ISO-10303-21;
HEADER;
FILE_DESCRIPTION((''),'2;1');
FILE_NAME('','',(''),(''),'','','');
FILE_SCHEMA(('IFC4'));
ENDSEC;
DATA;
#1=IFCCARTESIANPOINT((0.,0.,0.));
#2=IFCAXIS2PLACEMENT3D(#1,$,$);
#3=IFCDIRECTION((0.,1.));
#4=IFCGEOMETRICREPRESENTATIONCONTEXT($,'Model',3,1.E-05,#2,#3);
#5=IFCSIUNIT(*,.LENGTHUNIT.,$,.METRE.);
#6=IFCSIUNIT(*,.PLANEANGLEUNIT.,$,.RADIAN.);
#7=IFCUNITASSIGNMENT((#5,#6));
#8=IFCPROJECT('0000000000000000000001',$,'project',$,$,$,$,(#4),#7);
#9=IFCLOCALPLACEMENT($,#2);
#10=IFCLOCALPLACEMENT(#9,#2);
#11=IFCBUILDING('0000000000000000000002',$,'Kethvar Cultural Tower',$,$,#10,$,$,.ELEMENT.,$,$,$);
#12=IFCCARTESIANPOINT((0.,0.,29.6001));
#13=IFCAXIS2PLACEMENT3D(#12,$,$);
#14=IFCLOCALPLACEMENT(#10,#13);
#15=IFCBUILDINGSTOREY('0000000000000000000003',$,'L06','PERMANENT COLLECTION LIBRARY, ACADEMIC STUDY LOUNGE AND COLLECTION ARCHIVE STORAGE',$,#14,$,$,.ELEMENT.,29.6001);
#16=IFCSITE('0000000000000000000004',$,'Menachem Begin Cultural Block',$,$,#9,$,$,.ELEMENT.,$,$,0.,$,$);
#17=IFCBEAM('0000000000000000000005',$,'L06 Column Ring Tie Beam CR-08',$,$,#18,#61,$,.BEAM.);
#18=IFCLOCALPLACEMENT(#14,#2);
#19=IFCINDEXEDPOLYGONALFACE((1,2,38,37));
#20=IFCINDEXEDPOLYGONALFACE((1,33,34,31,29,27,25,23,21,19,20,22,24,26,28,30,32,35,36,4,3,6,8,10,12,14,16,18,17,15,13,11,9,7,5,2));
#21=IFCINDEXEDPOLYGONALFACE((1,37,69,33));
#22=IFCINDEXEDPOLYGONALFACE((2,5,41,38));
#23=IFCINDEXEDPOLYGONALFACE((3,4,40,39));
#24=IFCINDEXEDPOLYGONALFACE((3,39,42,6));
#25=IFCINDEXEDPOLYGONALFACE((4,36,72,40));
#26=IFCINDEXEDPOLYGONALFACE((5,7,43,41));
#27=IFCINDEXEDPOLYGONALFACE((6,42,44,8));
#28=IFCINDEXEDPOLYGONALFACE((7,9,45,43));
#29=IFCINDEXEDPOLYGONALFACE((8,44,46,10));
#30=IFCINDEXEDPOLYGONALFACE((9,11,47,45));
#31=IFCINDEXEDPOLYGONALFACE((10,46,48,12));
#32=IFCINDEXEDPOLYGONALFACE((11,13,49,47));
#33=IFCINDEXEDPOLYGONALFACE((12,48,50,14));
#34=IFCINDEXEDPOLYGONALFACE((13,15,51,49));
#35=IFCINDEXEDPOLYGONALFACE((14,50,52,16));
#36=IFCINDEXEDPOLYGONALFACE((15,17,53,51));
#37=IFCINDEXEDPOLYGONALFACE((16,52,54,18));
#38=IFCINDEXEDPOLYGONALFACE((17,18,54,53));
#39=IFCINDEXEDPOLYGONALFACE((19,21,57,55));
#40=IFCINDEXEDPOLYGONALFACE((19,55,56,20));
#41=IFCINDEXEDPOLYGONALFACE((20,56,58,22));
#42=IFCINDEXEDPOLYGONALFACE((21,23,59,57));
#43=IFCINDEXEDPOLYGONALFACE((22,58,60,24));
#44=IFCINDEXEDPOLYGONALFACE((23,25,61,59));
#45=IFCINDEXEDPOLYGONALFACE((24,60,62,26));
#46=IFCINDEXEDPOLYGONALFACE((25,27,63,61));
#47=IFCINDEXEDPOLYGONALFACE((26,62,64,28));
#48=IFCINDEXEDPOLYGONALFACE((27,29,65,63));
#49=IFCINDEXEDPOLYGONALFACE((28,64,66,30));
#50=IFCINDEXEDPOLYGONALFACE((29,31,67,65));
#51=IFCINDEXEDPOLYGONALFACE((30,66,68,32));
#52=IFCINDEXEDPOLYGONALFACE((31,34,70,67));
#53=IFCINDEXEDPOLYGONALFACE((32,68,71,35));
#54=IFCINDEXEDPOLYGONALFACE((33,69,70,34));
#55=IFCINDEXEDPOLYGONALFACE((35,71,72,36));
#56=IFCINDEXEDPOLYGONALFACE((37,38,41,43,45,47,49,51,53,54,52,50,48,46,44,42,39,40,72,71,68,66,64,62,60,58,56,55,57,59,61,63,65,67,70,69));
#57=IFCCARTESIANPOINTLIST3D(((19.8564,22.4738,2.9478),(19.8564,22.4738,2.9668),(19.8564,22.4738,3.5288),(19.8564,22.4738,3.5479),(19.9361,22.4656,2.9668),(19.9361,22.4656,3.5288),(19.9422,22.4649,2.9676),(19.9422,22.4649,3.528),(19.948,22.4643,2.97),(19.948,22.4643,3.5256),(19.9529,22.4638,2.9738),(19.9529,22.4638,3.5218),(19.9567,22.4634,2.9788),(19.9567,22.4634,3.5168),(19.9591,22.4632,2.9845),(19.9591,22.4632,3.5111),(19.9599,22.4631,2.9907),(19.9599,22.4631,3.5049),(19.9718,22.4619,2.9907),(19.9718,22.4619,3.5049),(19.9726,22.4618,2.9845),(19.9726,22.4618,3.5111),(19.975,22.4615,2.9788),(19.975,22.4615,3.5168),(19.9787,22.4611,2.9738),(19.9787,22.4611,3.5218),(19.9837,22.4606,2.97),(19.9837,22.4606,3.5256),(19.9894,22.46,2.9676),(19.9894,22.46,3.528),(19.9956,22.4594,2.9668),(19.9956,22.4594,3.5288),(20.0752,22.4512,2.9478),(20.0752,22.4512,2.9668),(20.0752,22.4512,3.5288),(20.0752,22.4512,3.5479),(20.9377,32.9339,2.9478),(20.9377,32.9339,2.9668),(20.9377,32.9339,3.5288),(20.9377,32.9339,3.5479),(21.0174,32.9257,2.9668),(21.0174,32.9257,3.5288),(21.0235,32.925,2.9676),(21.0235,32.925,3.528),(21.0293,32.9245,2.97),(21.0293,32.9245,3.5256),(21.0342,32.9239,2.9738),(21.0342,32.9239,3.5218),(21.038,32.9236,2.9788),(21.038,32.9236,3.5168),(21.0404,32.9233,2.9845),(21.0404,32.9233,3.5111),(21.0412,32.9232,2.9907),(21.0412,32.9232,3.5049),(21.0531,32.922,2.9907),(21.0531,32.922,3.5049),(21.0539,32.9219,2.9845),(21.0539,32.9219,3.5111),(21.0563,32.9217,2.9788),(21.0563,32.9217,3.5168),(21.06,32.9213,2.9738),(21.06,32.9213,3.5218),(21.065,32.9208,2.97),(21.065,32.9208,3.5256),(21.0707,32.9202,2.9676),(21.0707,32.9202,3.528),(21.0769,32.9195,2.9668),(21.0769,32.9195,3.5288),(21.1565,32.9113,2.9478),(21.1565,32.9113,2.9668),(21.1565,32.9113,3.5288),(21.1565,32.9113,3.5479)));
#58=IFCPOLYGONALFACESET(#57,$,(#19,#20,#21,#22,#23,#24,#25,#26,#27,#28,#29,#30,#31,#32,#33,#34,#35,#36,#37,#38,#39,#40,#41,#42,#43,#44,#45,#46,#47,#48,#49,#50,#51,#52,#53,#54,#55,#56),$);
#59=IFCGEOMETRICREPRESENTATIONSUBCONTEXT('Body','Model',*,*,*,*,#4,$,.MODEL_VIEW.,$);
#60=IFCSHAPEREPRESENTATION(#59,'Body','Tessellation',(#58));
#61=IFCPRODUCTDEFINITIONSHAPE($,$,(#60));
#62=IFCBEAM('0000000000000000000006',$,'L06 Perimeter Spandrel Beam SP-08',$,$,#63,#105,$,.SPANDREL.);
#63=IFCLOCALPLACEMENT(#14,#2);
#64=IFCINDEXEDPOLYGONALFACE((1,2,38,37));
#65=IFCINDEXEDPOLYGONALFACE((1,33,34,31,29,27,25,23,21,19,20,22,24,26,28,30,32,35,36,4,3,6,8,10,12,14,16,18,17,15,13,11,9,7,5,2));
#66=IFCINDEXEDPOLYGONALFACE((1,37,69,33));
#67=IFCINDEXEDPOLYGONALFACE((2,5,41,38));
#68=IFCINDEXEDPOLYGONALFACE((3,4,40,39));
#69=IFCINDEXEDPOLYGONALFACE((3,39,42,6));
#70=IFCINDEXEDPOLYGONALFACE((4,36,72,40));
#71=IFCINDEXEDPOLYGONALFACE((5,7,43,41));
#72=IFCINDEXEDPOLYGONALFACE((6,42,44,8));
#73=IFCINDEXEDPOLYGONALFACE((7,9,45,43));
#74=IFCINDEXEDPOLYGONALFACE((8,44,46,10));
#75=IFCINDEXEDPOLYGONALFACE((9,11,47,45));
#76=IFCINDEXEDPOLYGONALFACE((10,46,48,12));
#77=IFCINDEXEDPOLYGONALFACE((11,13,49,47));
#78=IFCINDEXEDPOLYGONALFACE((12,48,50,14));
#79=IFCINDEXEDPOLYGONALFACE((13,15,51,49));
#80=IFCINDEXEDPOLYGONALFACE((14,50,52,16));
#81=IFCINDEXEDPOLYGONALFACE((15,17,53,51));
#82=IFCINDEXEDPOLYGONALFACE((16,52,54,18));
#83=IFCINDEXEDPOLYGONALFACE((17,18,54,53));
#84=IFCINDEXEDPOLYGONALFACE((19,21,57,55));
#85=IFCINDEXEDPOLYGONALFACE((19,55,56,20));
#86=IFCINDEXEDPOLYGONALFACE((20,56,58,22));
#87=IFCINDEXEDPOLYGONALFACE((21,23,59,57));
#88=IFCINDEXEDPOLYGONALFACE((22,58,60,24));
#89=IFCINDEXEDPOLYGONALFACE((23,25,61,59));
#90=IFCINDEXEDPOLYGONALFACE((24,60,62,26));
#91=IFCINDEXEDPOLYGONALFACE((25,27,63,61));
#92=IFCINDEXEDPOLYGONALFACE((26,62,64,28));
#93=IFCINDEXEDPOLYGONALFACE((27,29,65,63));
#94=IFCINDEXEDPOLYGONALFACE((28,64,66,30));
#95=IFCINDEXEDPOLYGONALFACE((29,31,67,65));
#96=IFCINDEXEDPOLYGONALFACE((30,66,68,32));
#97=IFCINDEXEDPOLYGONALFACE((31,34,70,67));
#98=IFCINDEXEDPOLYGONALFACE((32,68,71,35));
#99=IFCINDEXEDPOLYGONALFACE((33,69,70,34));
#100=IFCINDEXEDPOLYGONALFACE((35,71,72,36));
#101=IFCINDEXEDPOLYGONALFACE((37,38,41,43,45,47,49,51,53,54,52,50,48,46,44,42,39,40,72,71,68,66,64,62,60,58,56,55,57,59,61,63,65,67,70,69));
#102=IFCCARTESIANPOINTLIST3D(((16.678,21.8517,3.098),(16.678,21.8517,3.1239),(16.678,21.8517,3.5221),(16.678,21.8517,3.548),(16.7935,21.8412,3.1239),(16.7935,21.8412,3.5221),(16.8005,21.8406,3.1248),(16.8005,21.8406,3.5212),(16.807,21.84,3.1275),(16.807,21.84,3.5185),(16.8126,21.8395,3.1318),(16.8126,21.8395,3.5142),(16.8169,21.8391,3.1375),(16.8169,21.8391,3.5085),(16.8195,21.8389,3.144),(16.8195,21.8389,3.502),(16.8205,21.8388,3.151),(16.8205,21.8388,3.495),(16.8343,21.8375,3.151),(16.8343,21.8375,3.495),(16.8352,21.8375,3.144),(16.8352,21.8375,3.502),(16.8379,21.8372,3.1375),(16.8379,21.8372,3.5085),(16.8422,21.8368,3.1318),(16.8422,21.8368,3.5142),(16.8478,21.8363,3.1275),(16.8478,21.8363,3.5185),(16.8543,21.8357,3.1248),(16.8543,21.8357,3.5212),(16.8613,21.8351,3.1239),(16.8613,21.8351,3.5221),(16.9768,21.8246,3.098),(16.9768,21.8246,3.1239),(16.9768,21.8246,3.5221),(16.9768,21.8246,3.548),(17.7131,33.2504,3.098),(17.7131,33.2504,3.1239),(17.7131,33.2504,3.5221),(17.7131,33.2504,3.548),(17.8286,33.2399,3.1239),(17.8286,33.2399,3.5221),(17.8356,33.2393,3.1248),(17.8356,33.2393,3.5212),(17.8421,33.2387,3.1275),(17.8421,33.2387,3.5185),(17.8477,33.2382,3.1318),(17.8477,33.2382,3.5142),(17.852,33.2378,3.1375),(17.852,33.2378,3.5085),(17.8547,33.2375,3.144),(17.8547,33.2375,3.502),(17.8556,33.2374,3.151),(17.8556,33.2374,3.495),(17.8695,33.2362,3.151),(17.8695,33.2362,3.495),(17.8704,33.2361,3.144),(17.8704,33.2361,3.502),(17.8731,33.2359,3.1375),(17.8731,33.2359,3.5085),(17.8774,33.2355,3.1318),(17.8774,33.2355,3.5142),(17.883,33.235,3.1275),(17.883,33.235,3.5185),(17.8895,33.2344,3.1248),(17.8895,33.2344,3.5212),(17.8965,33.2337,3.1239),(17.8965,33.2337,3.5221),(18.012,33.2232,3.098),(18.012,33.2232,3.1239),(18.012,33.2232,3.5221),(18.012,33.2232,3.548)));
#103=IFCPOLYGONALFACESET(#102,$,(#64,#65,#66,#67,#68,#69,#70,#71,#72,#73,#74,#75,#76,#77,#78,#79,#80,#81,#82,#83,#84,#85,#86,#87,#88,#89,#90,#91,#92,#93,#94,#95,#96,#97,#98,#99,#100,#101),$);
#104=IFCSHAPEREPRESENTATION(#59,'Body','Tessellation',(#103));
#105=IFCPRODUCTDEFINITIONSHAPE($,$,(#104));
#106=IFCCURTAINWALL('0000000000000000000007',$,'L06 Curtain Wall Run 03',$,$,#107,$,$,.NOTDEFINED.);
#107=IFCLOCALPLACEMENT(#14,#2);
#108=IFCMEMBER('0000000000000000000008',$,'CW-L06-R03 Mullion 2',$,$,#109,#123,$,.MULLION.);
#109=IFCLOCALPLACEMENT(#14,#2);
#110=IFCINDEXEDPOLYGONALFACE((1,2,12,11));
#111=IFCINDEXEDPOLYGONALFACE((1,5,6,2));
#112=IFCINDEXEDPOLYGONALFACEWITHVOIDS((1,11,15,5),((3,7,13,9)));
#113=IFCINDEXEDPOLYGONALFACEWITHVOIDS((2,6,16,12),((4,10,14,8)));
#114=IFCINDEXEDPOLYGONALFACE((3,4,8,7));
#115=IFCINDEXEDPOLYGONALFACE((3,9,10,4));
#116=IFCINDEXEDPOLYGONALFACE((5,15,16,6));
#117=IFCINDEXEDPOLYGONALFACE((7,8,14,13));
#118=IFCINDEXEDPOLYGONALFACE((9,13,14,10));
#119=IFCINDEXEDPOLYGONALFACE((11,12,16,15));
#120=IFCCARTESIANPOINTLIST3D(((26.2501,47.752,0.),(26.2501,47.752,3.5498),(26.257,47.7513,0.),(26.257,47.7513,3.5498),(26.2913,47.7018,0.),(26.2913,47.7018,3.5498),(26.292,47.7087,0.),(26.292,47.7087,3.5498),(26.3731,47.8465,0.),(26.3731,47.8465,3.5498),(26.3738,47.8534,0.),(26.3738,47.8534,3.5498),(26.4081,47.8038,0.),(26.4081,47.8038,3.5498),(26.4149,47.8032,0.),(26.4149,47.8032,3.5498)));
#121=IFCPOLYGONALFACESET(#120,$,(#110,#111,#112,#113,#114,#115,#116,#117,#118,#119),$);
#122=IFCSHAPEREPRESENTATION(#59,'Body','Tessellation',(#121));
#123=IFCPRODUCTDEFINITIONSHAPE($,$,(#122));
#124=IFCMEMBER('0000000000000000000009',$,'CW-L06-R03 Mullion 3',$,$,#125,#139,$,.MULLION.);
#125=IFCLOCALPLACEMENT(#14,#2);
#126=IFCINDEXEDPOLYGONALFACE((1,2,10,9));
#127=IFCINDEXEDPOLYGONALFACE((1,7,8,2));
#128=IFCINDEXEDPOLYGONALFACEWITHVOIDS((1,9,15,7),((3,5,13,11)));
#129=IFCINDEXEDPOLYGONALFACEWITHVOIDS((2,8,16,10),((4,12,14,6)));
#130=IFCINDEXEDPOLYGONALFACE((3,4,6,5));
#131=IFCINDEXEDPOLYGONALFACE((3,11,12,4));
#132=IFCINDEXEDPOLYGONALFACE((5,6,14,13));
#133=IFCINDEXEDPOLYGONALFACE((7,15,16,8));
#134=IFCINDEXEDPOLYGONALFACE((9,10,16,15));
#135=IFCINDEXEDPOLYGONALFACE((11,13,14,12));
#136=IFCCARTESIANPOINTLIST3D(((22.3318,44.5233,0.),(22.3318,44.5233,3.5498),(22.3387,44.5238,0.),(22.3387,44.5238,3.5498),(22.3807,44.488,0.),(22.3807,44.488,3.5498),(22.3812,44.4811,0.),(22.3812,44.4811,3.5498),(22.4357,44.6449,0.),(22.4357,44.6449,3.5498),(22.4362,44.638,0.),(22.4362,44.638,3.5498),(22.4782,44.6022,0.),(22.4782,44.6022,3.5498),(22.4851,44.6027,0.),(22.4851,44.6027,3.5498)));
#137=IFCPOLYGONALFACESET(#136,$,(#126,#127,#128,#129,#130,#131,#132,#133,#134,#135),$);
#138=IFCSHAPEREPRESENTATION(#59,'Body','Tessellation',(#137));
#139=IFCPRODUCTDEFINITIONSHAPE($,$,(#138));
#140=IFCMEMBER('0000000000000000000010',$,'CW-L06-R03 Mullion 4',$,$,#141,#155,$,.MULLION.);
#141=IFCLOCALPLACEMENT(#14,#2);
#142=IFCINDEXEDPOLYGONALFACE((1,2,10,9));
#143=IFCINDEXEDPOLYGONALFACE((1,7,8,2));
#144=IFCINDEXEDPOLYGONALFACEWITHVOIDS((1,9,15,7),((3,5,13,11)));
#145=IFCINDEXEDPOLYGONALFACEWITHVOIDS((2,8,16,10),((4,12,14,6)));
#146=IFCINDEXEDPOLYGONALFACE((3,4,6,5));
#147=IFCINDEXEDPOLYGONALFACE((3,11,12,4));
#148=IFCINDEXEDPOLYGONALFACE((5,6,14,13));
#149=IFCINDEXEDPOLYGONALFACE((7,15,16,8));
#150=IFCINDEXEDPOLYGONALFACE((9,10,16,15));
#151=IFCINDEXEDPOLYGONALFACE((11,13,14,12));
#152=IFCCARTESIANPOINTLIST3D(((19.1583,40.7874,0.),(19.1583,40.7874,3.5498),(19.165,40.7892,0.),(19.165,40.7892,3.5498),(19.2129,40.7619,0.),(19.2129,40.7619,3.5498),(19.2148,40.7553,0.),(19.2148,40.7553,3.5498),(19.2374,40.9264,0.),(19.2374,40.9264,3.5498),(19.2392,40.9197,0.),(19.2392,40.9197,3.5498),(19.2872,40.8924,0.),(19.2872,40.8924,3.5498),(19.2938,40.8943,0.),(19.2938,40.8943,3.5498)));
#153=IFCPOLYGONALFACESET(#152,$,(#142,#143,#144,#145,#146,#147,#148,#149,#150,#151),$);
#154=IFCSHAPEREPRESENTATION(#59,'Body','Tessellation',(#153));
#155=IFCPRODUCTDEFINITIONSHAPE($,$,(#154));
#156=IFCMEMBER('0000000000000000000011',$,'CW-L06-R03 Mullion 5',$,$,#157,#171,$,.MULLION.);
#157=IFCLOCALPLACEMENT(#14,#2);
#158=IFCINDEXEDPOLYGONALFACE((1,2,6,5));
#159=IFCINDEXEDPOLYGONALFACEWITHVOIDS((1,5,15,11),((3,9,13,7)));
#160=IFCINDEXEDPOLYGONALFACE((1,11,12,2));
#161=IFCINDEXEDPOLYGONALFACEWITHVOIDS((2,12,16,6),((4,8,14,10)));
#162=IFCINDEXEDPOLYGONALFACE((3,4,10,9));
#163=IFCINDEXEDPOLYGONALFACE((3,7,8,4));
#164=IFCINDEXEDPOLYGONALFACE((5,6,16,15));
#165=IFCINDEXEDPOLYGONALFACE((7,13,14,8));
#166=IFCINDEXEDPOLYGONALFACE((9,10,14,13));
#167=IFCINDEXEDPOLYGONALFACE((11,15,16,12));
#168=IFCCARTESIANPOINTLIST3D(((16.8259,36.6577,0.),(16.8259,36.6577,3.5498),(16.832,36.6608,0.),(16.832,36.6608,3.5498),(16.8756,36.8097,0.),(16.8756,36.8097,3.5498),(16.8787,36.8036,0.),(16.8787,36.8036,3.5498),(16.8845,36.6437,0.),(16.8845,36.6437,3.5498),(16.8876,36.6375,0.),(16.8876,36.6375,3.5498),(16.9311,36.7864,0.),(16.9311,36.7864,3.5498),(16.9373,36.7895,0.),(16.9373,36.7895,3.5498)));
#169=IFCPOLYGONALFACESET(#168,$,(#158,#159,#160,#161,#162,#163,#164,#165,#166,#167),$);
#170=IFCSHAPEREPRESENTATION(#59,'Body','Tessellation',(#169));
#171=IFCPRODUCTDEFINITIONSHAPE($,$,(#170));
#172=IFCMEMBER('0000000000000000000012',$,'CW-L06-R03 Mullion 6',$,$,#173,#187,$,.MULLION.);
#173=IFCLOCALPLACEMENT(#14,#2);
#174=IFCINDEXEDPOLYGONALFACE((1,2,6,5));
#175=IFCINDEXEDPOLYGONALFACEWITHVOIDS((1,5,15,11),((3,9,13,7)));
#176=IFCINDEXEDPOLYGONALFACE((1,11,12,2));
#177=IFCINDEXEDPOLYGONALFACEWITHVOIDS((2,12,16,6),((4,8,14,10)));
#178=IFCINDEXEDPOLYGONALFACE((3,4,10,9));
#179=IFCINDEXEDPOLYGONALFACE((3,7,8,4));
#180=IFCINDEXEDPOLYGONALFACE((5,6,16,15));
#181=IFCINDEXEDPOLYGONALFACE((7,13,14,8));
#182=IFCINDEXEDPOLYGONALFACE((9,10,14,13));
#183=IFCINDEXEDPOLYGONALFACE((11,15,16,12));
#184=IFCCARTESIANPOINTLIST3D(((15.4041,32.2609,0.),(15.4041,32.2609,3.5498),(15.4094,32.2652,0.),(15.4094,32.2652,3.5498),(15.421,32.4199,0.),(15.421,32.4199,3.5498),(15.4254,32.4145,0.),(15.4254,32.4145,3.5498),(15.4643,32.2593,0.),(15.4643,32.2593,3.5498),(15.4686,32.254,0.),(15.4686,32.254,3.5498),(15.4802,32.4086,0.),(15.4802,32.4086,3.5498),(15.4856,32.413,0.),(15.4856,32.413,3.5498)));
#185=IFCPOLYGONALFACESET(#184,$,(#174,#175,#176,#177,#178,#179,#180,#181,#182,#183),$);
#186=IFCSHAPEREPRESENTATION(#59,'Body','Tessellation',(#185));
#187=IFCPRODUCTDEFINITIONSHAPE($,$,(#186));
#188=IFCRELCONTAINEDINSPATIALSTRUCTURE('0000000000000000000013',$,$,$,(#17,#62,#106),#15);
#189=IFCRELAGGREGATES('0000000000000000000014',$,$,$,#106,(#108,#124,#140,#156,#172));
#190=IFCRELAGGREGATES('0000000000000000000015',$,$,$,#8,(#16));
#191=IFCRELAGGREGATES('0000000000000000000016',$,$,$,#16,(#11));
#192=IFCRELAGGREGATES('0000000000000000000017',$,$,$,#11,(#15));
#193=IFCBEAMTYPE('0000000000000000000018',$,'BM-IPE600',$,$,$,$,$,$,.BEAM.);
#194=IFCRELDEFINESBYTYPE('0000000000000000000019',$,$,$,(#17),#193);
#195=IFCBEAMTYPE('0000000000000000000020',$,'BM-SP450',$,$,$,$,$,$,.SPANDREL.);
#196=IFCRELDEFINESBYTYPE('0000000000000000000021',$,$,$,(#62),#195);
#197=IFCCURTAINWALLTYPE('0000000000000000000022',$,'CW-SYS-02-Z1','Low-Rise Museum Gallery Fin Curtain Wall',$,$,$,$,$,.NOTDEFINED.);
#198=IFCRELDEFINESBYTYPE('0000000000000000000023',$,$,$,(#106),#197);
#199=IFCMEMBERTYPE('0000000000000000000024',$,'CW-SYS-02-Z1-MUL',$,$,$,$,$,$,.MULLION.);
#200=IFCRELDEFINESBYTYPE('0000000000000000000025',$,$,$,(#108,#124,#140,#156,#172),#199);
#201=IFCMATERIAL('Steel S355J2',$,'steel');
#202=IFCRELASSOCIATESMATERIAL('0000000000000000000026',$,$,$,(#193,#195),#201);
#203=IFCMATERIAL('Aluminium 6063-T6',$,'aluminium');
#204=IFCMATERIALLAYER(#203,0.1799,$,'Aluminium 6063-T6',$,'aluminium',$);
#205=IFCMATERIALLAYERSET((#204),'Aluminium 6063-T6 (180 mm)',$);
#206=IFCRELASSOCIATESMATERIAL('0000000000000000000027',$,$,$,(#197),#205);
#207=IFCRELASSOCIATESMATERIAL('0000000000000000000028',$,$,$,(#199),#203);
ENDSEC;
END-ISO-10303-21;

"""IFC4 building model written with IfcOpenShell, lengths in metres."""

from ifc_helpers import new_model, si_unit, direction, frame, origin, origin_2d, place, context, subcontext, project, spatial, hollow_rectangle, i_section, extrude, source, transform, mapped, material, layer, layer_set, material_profile, profile_set, type_object, element, aggregate, save


model = new_model("IFC4")

# Units and contexts
model_context = context("Model", 3, precision=1e-05, world=origin(), true_north=direction((0.0, 1.0)))
body_context = subcontext(model_context, "Body", "Model", "MODEL_VIEW")
ifc_project = project(units=[si_unit("LENGTHUNIT", "METRE"), si_unit("PLANEANGLEUNIT", "RADIAN")], contexts=[model_context])

# Site, building, storey
site_placement = place(None, origin())
site = spatial("IfcSite", under=ifc_project, at=site_placement, Name="Menachem Begin Cultural Block", CompositionType="ELEMENT", RefElevation=0.0)
building_placement = place(site_placement, origin())
building = spatial("IfcBuilding", under=site, at=building_placement, Name="Kethvar Cultural Tower", CompositionType="ELEMENT")
storey_placement = place(building_placement, frame((0.0, 0.0, 29.6001)))
storey = spatial("IfcBuildingStorey", under=building, at=storey_placement, Name="L06", Description="PERMANENT COLLECTION LIBRARY, ACADEMIC STUDY LOUNGE AND COLLECTION ARCHIVE STORAGE", CompositionType="ELEMENT", Elevation=29.6001)

# Beams
ifc_material_1 = material(Name="Steel S355J2", Category="steel")
ifc_material_profile_1 = material_profile(ifc_material_1, i_section(OverallWidth=0.22, OverallDepth=0.6001, WebThickness=0.012, FlangeThickness=0.019, FilletRadius=0.0239, at=origin_2d()), Name="Steel S355J2 — IPE600")
ifc_profile_set_1 = profile_set([ifc_material_profile_1], Name="Steel S355J2 — IPE600")
beam_type_1 = type_object("IfcBeamType", Name="BM-IPE600", PredefinedType="BEAM", material=ifc_profile_set_1)
ifc_material_profile_2 = material_profile(ifc_material_1, i_section(OverallWidth=0.3, OverallDepth=0.45, WebThickness=0.0139, FlangeThickness=0.0259, FilletRadius=0.0271, at=origin_2d()), Name="Steel S355J2 — HEB450")
ifc_profile_set_2 = profile_set([ifc_material_profile_2], Name="Steel S355J2 — HEB450")
beam_type_2 = type_object("IfcBeamType", Name="BM-SP450", PredefinedType="SPANDREL", material=ifc_profile_set_2)
shared_shape_1 = source(origin(), body_context, "Body", "SweptSolid", [
    extrude(i_section(OverallWidth=0.22, OverallDepth=0.6001, WebThickness=0.012, FlangeThickness=0.019, FilletRadius=0.0239, at=origin_2d()), origin(), (0.0, 0.0, 1.0), 10.5159),
])
beam_1_placement = place(storey_placement, frame((21.0471, 32.9226, 3.2478), z_axis=(-0.102825, -0.994699, 0.0), x_axis=(0.994699, -0.102825, 0.0)))
element("IfcBeam", 1, at=beam_1_placement, inside=storey, type_object=beam_type_1, Name="L06 Column Ring Tie Beam CR-08", PredefinedType="BEAM", context=body_context, shape_type="MappedRepresentation", body=[
    mapped(shared_shape_1, transform((0.0, 0.0, 0.0), scale=1.0)),
])
shared_shape_2 = source(origin(), body_context, "Body", "SweptSolid", [
    extrude(i_section(OverallWidth=0.3, OverallDepth=0.45, WebThickness=0.0139, FlangeThickness=0.0259, FilletRadius=0.0271, at=origin_2d()), origin(), (0.0, 0.0, 1.0), 11.4456),
])
beam_2_placement = place(storey_placement, frame((17.8625, 33.2368, 3.323), z_axis=(-0.090442, -0.995902, 0.0), x_axis=(0.995902, -0.090442, 0.0)))
element("IfcBeam", 2, at=beam_2_placement, inside=storey, type_object=beam_type_2, Name="L06 Perimeter Spandrel Beam SP-08", PredefinedType="SPANDREL", context=body_context, shape_type="MappedRepresentation", body=[
    mapped(shared_shape_2, transform((0.0, 0.0, 0.0), scale=1.0)),
])

# Curtain wall, members
ifc_material_2 = material(Name="Aluminium 6063-T6", Category="aluminium")
ifc_layer_1 = layer(ifc_material_2, 0.1799, Name="Aluminium 6063-T6", Category="aluminium")
ifc_layer_set_1 = layer_set([ifc_layer_1], Name="Aluminium 6063-T6 (180 mm)")
curtain_wall_type = type_object("IfcCurtainWallType", Name="CW-SYS-02-Z1", Description="Low-Rise Museum Gallery Fin Curtain Wall", PredefinedType="NOTDEFINED", material=ifc_layer_set_1)
curtain_wall_placement = place(storey_placement, origin())
curtain_wall = element("IfcCurtainWall", 3, at=curtain_wall_placement, inside=storey, type_object=curtain_wall_type, Name="L06 Curtain Wall Run 03", PredefinedType="NOTDEFINED")
ifc_material_profile_3 = material_profile(ifc_material_2, hollow_rectangle(XDim=0.0649, YDim=0.1599, WallThickness=0.0049, at=origin_2d()), Name="Aluminium 6063-T6 — RHS160x65x5")
ifc_profile_set_3 = profile_set([ifc_material_profile_3], Name="Aluminium 6063-T6 — RHS160x65x5")
member_type_1 = type_object("IfcMemberType", Name="CW-SYS-02-Z1-MUL", PredefinedType="MULLION", material=ifc_profile_set_3)
shared_shape_3 = source(origin(), body_context, "Body", "SweptSolid", [
    extrude(hollow_rectangle(XDim=0.0649, YDim=0.1599, WallThickness=0.0049, at=origin_2d()), origin(), (0.0, 0.0, 1.0), 3.5498),
])
member_1_placement = place(storey_placement, frame((26.3325, 47.7776, 0.0), z_axis=(0.0, 0.0, 1.0), x_axis=(0.633988, -0.773343, 0.0)))
member_1 = element("IfcMember", 4, at=member_1_placement, type_object=member_type_1, Name="CW-L06-R03 Mullion 2", PredefinedType="MULLION", context=body_context, shape_type="MappedRepresentation", body=[
    mapped(shared_shape_3, transform((0.0, 0.0, 0.0), scale=1.0)),
])
member_2_placement = place(storey_placement, frame((22.4084, 44.563, 0.0), z_axis=(0.0, 0.0, 1.0), x_axis=(0.760372, -0.649488, 0.0)))
member_2 = element("IfcMember", 5, at=member_2_placement, type_object=member_type_1, Name="CW-L06-R03 Mullion 3", PredefinedType="MULLION", context=body_context, shape_type="MappedRepresentation", body=[
    mapped(shared_shape_3, transform((0.0, 0.0, 0.0), scale=1.0)),
])
member_3_placement = place(storey_placement, frame((19.2261, 40.8408, 0.0), z_axis=(0.0, 0.0, 1.0), x_axis=(0.869219, -0.494427, 0.0)))
member_3 = element("IfcMember", 6, at=member_3_placement, type_object=member_type_1, Name="CW-L06-R03 Mullion 4", PredefinedType="MULLION", context=body_context, shape_type="MappedRepresentation", body=[
    mapped(shared_shape_3, transform((0.0, 0.0, 0.0), scale=1.0)),
])
member_4_placement = place(storey_placement, frame((16.8816, 36.7236, 0.0), z_axis=(0.0, 0.0, 1.0), x_axis=(0.95051, -0.310693, 0.0)))
member_4 = element("IfcMember", 7, at=member_4_placement, type_object=member_type_1, Name="CW-L06-R03 Mullion 5", PredefinedType="MULLION", context=body_context, shape_type="MappedRepresentation", body=[
    mapped(shared_shape_3, transform((0.0, 0.0, 0.0), scale=1.0)),
])
member_5_placement = place(storey_placement, frame((15.4448, 32.3369, 0.0), z_axis=(0.0, 0.0, 1.0), x_axis=(0.994355, -0.106108, 0.0)))
member_5 = element("IfcMember", 8, at=member_5_placement, type_object=member_type_1, Name="CW-L06-R03 Mullion 6", PredefinedType="MULLION", context=body_context, shape_type="MappedRepresentation", body=[
    mapped(shared_shape_3, transform((0.0, 0.0, 0.0), scale=1.0)),
])
aggregate(curtain_wall, [member_1, member_2, member_3, member_4, member_5])

save(model, "model.ifc")
